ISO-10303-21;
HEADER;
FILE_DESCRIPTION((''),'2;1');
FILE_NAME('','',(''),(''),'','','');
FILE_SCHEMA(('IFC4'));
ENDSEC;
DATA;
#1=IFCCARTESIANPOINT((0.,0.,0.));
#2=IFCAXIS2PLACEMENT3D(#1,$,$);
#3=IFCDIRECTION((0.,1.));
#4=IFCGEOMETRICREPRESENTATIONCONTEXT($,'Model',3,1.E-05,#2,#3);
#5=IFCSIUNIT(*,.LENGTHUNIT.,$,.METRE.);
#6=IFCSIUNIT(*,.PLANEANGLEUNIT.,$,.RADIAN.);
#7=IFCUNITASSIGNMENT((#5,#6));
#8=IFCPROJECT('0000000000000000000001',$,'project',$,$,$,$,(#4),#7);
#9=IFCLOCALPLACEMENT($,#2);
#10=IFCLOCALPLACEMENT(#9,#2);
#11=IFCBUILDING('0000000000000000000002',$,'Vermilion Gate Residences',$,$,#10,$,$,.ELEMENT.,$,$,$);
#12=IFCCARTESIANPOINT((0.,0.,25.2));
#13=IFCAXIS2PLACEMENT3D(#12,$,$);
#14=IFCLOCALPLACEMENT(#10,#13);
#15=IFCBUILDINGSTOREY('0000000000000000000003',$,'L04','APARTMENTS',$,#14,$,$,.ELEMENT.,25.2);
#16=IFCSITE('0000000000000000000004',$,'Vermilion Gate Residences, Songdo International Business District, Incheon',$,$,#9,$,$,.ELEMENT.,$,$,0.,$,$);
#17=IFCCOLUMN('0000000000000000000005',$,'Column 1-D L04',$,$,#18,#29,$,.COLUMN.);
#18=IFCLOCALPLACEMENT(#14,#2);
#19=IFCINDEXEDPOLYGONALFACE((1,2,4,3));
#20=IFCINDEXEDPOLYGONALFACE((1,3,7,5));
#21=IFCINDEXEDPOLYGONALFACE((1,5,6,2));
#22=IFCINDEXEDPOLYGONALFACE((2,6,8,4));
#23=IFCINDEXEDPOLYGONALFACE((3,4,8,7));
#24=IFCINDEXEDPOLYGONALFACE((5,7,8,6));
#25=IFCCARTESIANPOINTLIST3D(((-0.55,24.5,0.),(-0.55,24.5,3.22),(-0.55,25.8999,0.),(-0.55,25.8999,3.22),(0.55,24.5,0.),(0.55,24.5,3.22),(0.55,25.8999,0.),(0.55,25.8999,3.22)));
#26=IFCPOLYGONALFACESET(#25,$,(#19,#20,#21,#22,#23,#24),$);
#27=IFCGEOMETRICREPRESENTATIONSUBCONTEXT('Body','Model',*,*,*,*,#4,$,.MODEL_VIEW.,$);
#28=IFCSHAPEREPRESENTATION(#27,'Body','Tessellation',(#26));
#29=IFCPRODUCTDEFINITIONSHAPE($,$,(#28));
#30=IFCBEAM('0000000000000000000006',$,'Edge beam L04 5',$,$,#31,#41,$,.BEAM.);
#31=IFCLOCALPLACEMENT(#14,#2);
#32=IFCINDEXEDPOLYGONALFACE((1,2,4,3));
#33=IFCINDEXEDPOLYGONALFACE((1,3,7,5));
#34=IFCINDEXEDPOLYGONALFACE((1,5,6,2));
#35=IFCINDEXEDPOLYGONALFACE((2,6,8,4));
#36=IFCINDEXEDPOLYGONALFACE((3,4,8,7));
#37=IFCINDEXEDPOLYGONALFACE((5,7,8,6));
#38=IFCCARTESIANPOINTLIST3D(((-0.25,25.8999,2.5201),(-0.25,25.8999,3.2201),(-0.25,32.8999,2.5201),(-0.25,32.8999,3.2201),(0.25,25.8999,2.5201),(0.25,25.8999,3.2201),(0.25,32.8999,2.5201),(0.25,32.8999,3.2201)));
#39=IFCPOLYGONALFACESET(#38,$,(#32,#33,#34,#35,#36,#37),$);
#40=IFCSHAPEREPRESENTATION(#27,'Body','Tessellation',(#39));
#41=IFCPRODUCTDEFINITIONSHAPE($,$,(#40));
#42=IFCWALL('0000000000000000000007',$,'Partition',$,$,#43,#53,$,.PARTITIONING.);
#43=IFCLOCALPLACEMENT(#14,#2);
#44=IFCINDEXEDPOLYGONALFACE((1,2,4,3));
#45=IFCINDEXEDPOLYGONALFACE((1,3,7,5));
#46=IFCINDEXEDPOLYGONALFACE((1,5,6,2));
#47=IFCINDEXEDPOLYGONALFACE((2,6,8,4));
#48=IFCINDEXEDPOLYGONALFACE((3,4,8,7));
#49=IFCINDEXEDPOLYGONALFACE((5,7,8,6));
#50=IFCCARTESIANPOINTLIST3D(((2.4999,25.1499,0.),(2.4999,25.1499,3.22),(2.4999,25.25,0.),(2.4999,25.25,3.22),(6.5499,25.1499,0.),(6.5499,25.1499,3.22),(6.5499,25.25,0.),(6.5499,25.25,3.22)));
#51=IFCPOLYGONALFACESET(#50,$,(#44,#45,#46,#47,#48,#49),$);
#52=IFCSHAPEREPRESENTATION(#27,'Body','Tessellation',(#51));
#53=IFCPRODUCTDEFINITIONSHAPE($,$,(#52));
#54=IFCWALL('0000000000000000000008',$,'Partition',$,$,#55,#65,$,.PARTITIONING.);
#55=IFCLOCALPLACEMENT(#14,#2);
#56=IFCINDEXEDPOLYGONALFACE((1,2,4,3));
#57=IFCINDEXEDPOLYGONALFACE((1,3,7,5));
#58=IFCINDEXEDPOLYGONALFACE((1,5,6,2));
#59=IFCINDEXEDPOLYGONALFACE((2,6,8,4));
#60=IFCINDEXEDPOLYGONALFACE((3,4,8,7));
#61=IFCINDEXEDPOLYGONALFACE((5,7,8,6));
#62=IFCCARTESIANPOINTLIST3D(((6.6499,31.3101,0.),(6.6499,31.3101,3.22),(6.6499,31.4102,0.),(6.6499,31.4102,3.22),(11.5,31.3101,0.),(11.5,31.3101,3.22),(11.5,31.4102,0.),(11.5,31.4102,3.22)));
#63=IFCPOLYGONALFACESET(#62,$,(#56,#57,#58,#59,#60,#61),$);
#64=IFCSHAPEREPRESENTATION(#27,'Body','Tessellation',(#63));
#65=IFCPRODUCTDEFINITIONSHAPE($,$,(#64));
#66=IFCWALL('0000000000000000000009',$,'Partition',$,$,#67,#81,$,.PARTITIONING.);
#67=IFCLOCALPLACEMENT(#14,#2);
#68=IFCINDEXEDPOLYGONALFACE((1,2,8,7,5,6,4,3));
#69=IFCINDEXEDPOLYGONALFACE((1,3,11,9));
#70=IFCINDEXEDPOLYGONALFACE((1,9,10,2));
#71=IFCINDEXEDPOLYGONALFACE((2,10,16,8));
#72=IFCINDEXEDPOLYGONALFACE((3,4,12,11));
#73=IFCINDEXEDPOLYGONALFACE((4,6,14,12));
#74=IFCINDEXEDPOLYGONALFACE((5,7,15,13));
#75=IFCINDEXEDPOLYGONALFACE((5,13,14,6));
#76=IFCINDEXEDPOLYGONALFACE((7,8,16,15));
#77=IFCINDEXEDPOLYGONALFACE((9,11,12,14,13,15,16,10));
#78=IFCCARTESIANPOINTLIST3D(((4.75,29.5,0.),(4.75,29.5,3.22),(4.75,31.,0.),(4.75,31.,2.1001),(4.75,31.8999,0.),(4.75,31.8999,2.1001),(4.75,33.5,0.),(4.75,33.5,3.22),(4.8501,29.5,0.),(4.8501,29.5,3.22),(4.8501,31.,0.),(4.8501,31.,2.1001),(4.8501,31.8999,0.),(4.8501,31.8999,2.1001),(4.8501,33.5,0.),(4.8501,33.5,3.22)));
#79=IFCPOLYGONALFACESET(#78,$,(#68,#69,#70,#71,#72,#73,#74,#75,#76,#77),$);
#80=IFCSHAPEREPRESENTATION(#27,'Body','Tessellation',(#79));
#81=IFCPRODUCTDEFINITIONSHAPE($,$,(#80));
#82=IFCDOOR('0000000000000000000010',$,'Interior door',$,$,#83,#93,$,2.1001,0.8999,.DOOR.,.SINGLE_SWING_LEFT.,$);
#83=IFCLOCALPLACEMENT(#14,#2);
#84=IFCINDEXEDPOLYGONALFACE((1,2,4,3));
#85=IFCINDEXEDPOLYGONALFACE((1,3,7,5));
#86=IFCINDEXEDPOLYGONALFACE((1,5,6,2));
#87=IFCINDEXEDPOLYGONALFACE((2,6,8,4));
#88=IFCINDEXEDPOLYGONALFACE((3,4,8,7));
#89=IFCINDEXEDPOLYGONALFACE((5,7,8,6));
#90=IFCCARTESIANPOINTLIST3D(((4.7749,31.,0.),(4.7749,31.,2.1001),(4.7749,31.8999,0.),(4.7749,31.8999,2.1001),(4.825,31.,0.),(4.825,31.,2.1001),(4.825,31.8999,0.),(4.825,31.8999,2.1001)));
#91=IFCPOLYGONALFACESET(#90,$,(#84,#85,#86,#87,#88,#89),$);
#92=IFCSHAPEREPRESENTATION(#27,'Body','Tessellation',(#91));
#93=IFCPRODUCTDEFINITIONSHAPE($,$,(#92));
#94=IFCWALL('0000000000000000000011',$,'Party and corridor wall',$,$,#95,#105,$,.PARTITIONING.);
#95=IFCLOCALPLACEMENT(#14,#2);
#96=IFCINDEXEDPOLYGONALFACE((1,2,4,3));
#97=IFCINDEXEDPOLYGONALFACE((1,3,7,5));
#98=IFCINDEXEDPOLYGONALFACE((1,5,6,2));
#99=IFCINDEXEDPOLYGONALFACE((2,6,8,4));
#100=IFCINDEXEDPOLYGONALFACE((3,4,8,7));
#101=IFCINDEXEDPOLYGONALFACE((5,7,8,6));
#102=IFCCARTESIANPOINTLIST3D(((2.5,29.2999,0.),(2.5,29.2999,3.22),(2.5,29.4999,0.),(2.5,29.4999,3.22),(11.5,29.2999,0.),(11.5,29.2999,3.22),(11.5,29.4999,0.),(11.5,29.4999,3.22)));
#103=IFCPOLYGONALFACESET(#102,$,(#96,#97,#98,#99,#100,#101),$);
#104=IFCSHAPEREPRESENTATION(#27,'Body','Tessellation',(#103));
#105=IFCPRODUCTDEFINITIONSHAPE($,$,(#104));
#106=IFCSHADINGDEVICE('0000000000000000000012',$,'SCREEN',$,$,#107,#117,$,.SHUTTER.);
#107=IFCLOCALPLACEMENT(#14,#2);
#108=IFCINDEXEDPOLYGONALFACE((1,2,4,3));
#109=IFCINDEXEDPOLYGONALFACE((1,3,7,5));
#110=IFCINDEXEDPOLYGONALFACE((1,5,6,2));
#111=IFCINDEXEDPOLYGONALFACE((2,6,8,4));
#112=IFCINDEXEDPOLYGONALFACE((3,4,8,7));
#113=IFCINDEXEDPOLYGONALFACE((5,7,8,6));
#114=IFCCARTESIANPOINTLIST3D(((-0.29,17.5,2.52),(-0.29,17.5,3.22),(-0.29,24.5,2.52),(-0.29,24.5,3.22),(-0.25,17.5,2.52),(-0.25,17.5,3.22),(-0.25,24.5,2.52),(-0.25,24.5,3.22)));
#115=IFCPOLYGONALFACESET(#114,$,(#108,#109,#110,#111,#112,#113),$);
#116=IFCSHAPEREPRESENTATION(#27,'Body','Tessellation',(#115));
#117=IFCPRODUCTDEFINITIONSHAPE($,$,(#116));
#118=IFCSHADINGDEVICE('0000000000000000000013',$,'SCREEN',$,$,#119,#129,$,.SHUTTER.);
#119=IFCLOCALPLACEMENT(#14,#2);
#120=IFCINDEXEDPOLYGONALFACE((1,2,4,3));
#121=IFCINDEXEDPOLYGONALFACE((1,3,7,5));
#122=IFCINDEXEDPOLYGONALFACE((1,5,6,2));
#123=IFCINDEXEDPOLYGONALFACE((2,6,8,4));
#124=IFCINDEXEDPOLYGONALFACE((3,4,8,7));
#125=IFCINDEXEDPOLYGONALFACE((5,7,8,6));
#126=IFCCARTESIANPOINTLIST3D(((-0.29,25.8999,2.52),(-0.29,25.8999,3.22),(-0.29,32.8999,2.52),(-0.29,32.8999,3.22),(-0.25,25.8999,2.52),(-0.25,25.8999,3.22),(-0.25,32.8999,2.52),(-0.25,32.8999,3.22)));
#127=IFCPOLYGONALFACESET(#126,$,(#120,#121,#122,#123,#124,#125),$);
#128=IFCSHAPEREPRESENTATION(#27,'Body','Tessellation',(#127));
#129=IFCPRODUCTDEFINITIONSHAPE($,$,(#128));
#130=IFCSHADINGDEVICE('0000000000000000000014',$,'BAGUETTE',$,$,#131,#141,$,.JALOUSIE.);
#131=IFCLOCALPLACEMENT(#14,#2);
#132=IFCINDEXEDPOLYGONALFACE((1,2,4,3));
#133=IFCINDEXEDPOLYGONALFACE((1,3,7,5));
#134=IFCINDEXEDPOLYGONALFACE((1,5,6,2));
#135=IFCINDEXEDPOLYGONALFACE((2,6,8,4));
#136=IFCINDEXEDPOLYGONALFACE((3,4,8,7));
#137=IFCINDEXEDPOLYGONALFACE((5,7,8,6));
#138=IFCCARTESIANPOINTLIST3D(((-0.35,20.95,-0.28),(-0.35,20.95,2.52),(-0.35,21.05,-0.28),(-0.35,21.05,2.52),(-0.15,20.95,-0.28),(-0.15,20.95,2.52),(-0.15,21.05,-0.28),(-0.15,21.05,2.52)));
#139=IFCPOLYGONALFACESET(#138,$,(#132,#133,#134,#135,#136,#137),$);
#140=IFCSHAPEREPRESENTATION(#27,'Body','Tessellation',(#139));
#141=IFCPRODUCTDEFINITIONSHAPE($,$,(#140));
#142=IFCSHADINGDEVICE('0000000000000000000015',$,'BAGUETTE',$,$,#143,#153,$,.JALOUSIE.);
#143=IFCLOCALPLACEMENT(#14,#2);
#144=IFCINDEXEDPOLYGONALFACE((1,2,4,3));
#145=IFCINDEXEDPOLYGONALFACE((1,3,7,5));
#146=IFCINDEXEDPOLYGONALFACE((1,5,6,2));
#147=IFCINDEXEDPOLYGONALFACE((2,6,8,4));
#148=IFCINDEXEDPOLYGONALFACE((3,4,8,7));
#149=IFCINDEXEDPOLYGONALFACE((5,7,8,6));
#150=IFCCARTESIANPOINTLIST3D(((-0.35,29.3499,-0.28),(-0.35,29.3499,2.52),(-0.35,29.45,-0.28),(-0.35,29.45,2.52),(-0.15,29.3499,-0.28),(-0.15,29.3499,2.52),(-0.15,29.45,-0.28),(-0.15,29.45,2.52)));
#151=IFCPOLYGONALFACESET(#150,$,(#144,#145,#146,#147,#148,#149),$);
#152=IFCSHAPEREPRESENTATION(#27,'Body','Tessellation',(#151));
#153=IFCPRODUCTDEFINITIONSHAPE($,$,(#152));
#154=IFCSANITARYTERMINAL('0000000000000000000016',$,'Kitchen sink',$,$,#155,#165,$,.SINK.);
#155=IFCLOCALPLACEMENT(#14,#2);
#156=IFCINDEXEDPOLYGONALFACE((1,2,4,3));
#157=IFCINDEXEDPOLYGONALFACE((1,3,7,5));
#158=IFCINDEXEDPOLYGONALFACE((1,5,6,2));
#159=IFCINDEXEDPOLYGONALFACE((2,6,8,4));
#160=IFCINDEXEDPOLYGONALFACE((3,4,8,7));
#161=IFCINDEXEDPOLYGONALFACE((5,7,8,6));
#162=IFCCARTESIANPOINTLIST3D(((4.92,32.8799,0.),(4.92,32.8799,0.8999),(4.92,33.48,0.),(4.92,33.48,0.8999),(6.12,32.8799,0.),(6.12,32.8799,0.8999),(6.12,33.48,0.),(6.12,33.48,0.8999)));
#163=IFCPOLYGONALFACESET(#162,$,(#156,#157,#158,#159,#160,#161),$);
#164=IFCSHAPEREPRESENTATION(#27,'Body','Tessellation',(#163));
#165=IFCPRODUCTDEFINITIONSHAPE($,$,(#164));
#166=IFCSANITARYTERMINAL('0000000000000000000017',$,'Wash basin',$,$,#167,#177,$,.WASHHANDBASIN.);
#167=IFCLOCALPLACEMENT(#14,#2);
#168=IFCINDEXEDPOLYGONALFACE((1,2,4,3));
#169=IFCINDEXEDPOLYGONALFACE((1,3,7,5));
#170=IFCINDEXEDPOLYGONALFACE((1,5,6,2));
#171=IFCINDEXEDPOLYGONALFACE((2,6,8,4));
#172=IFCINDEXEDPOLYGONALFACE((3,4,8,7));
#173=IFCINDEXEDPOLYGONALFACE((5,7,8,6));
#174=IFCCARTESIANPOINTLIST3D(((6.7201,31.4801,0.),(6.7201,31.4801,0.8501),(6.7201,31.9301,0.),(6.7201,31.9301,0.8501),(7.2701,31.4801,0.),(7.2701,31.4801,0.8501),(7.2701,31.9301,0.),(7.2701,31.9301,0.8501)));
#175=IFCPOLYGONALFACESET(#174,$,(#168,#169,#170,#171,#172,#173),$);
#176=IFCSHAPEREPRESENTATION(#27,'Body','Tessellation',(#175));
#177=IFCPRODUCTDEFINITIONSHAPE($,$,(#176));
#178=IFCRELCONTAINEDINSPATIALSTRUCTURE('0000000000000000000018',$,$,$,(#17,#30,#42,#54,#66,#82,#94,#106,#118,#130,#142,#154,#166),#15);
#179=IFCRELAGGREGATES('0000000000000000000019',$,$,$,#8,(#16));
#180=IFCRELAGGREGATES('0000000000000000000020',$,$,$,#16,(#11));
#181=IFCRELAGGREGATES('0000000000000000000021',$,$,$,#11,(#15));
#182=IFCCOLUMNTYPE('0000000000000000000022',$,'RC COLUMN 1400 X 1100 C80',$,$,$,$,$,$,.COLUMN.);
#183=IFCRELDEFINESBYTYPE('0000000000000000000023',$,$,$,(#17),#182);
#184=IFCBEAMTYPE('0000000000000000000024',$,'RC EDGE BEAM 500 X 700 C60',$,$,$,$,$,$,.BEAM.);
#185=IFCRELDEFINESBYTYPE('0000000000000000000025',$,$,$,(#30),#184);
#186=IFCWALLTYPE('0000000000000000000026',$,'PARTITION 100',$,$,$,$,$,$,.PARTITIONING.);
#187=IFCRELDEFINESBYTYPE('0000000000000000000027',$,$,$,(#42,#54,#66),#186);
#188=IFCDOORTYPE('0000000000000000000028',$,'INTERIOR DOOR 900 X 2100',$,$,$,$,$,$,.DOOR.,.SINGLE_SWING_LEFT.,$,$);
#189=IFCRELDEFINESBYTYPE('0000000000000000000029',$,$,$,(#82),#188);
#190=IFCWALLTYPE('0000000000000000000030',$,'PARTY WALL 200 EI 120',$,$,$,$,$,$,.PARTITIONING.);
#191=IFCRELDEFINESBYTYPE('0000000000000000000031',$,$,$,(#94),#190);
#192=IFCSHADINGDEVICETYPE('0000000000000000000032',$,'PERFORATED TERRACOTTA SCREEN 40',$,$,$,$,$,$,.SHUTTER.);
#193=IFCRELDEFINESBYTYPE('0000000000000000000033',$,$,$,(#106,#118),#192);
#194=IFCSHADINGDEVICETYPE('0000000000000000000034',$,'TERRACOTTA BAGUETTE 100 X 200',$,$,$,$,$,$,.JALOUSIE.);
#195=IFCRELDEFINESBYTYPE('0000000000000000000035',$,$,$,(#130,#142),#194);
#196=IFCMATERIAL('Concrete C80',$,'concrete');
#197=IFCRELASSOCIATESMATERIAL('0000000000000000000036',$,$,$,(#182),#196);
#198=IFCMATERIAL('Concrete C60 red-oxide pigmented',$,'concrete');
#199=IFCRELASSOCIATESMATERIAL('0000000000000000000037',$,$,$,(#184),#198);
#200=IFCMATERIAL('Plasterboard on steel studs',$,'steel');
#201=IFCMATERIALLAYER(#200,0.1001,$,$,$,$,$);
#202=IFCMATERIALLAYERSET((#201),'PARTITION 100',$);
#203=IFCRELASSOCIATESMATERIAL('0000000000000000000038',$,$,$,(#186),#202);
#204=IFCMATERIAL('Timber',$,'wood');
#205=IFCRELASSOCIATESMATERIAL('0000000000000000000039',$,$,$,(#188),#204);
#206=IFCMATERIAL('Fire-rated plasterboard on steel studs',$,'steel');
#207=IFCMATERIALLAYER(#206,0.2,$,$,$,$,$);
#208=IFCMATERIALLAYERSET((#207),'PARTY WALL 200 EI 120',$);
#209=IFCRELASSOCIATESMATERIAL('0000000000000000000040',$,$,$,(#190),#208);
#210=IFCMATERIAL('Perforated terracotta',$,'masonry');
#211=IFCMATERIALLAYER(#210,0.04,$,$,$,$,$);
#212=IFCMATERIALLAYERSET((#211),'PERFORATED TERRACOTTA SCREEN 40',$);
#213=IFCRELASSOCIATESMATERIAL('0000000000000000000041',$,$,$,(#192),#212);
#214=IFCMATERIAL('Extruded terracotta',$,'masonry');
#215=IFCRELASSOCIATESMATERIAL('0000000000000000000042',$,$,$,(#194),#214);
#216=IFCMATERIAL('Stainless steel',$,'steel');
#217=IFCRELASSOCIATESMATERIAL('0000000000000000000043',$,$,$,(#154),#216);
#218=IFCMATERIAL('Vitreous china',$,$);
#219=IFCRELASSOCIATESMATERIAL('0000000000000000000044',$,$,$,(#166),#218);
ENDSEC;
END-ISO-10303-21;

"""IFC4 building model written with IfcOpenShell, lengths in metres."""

from ifc_helpers import new_model, si_unit, direction, frame, frame_2d, origin, origin_2d, place, context, subcontext, project, spatial, rectangle, extrude, material, layer, layer_set, material_profile, profile_set, type_object, element, fill, save


model = new_model("IFC4")

# Units and contexts
model_context = context("Model", 3, precision=1e-05, world=origin(), true_north=direction((0.0, 1.0)))
body_context = subcontext(model_context, "Body", "Model", "MODEL_VIEW")
ifc_project = project(units=[si_unit("LENGTHUNIT", "METRE"), si_unit("PLANEANGLEUNIT", "RADIAN")], contexts=[model_context])

# Site, building, storey
site_placement = place(None, origin())
site = spatial("IfcSite", under=ifc_project, at=site_placement, Name="Vermilion Gate Residences, Songdo International Business District, Incheon", CompositionType="ELEMENT", RefElevation=0.0)
building_placement = place(site_placement, origin())
building = spatial("IfcBuilding", under=site, at=building_placement, Name="Vermilion Gate Residences", CompositionType="ELEMENT")
storey_placement = place(building_placement, frame((0.0, 0.0, 25.2)))
storey = spatial("IfcBuildingStorey", under=building, at=storey_placement, Name="L04", Description="APARTMENTS", CompositionType="ELEMENT", Elevation=25.2)

# Column
ifc_material_1 = material(Name="Concrete C80", Category="concrete")
ifc_material_profile_1 = material_profile(ifc_material_1, rectangle(XDim=1.3999, YDim=1.1001, at=origin_2d()), Name="RC-1400x1100")
ifc_profile_set_1 = profile_set([ifc_material_profile_1], Name="Concrete C80")
column_type = type_object("IfcColumnType", Name="RC COLUMN 1400 X 1100 C80", PredefinedType="COLUMN", material=ifc_profile_set_1)
column_placement = place(storey_placement, frame((0.0, 25.2, 0.0), z_axis=(0.0, 0.0, 1.0), x_axis=(0.0, 1.0, 0.0)))
element("IfcColumn", 1, at=column_placement, inside=storey, type_object=column_type, Name="Column 1-D L04", PredefinedType="COLUMN", context=body_context, shape_type="SweptSolid", body=[
    extrude(rectangle(XDim=1.3999, YDim=1.1001, at=origin_2d()), origin(), (0.0, 0.0, 1.0), 3.22),
])

# Beam
ifc_material_2 = material(Name="Concrete C60 red-oxide pigmented", Category="concrete")
ifc_material_profile_2 = material_profile(ifc_material_2, rectangle(XDim=0.5, YDim=0.7, at=origin_2d()), Name="RC-500x700")
ifc_profile_set_2 = profile_set([ifc_material_profile_2], Name="Concrete C60 red-oxide pigmented")
beam_type = type_object("IfcBeamType", Name="RC EDGE BEAM 500 X 700 C60", PredefinedType="BEAM", material=ifc_profile_set_2)
beam_placement = place(storey_placement, frame((0.0, 25.8999, 2.8701), z_axis=(0.0, 1.0, 0.0), x_axis=(-1.0, 0.0, 0.0)))
element("IfcBeam", 2, at=beam_placement, inside=storey, type_object=beam_type, Name="Edge beam L04 5", PredefinedType="BEAM", context=body_context, shape_type="SweptSolid", body=[
    extrude(rectangle(XDim=0.5, YDim=0.7, at=origin_2d()), origin(), (0.0, 0.0, 1.0), 7.0),
])

# Walls
ifc_material_3 = material(Name="Plasterboard on steel studs", Category="steel")
ifc_layer_1 = layer(ifc_material_3, 0.1001)
ifc_layer_set_1 = layer_set([ifc_layer_1], Name="PARTITION 100")
wall_type_1 = type_object("IfcWallType", Name="PARTITION 100", PredefinedType="PARTITIONING", material=ifc_layer_set_1)
wall_1_placement = place(storey_placement, frame((2.5, 25.2, 0.0), z_axis=(0.0, 0.0, 1.0), x_axis=(1.0, 0.0, 0.0)))
element("IfcWall", 3, at=wall_1_placement, inside=storey, type_object=wall_type_1, Name="Partition", PredefinedType="PARTITIONING", context=body_context, shape_type="SweptSolid", body=[
    extrude(rectangle(XDim=4.05, YDim=0.1001, at=frame_2d((2.0249, 0.0))), origin(), (0.0, 0.0, 1.0), 3.22),
])
wall_2_placement = place(storey_placement, frame((6.6499, 31.3601, 0.0), z_axis=(0.0, 0.0, 1.0), x_axis=(1.0, 0.0, 0.0)))
element("IfcWall", 4, at=wall_2_placement, inside=storey, type_object=wall_type_1, Name="Partition", PredefinedType="PARTITIONING", context=body_context, shape_type="SweptSolid", body=[
    extrude(rectangle(XDim=4.8501, YDim=0.1001, at=frame_2d((2.425, 0.0))), origin(), (0.0, 0.0, 1.0), 3.22),
])

# Wall, opening, door
wall_3_placement = place(storey_placement, frame((4.8, 29.5, 0.0), z_axis=(0.0, 0.0, 1.0), x_axis=(0.0, 1.0, 0.0)))
wall_3 = element("IfcWall", 5, at=wall_3_placement, inside=storey, type_object=wall_type_1, Name="Partition", PredefinedType="PARTITIONING", context=body_context, shape_type="SweptSolid", body=[
    extrude(rectangle(XDim=4.0, YDim=0.1001, at=frame_2d((2.0, 0.0))), origin(), (0.0, 0.0, 1.0), 3.22),
])
opening_placement = place(wall_3_placement, frame((1.5, 0.0, 0.0)))
opening = element("IfcOpeningElement", 6, at=opening_placement, cuts=wall_3, PredefinedType="OPENING", context=body_context, shape_type="SweptSolid", body=[
    extrude(rectangle(XDim=0.8999, YDim=2.1001, at=frame_2d((0.45, 1.05))), frame((0.0, 0.0601, 0.0), z_axis=(0.0, -1.0, 0.0), x_axis=(1.0, 0.0, 0.0)), (0.0, 0.0, 1.0), 0.1201),
])
ifc_material_4 = material(Name="Timber", Category="wood")
door_type = type_object("IfcDoorType", Name="INTERIOR DOOR 900 X 2100", OperationType="SINGLE_SWING_LEFT", PredefinedType="DOOR", material=ifc_material_4)
door_placement = place(opening_placement, frame((0.8999, 0.0, 0.0), z_axis=(0.0, 0.0, 1.0), x_axis=(-1.0, 0.0, 0.0)))
door = element("IfcDoor", 7, at=door_placement, inside=storey, type_object=door_type, Name="Interior door", OperationType="SINGLE_SWING_LEFT", OverallHeight=2.1001, OverallWidth=0.8999, PredefinedType="DOOR", context=body_context, shape_type="SweptSolid", body=[
    extrude(rectangle(XDim=0.8999, YDim=2.1001, at=frame_2d((0.45, 1.05))), frame((0.0, 0.0249, 0.0), z_axis=(0.0, -1.0, 0.0), x_axis=(1.0, 0.0, 0.0)), (0.0, 0.0, 1.0), 0.05),
])
fill(opening, door)

# Wall
ifc_material_5 = material(Name="Fire-rated plasterboard on steel studs", Category="steel")
ifc_layer_2 = layer(ifc_material_5, 0.2)
ifc_layer_set_2 = layer_set([ifc_layer_2], Name="PARTY WALL 200 EI 120")
wall_type_2 = type_object("IfcWallType", Name="PARTY WALL 200 EI 120", PredefinedType="PARTITIONING", material=ifc_layer_set_2)
wall_4_placement = place(storey_placement, frame((2.5, 29.3999, 0.0), z_axis=(0.0, 0.0, 1.0), x_axis=(1.0, 0.0, 0.0)))
element("IfcWall", 8, at=wall_4_placement, inside=storey, type_object=wall_type_2, Name="Party and corridor wall", PredefinedType="PARTITIONING", context=body_context, shape_type="SweptSolid", body=[
    extrude(rectangle(XDim=9.0, YDim=0.2, at=frame_2d((4.5, 0.0))), origin(), (0.0, 0.0, 1.0), 3.22),
])

# Shading devices
ifc_material_6 = material(Name="Perforated terracotta", Category="masonry")
ifc_layer_3 = layer(ifc_material_6, 0.04)
ifc_layer_set_3 = layer_set([ifc_layer_3], Name="PERFORATED TERRACOTTA SCREEN 40")
shading_device_type_1 = type_object("IfcShadingDeviceType", Name="PERFORATED TERRACOTTA SCREEN 40", PredefinedType="SHUTTER", material=ifc_layer_set_3)
for number, where, z_axis, x_axis, name in (
    (9, (-0.27, 21.0, 2.52), (0.0, 0.0, 1.0), (0.0, -1.0, 0.0), "SCREEN"),
    (10, (-0.27, 29.3999, 2.52), (0.0, 0.0, 1.0), (0.0, -1.0, 0.0), "SCREEN"),
):
    element("IfcShadingDevice", number, at=place(storey_placement, frame(where, z_axis=z_axis, x_axis=x_axis)), inside=storey, type_object=shading_device_type_1, Name=name, PredefinedType="SHUTTER", context=body_context, shape_type="SweptSolid", body=[
        extrude(rectangle(XDim=7.0, YDim=0.04, at=origin_2d()), origin(), (0.0, 0.0, 1.0), 0.7),
    ])
ifc_material_7 = material(Name="Extruded terracotta", Category="masonry")
ifc_material_profile_3 = material_profile(ifc_material_7, rectangle(XDim=0.2, YDim=0.1001, at=origin_2d()), Name="BAGUETTE 100 X 200")
ifc_profile_set_3 = profile_set([ifc_material_profile_3], Name="Extruded terracotta")
shading_device_type_2 = type_object("IfcShadingDeviceType", Name="TERRACOTTA BAGUETTE 100 X 200", PredefinedType="JALOUSIE", material=ifc_profile_set_3)
for number, where, z_axis, x_axis, name in (
    (11, (-0.25, 21.0, -0.28), (0.0, 0.0, 1.0), (1.0, 0.0, 0.0), "BAGUETTE"),
    (12, (-0.25, 29.3999, -0.28), (0.0, 0.0, 1.0), (1.0, 0.0, 0.0), "BAGUETTE"),
):
    element("IfcShadingDevice", number, at=place(storey_placement, frame(where, z_axis=z_axis, x_axis=x_axis)), inside=storey, type_object=shading_device_type_2, Name=name, PredefinedType="JALOUSIE", context=body_context, shape_type="SweptSolid", body=[
        extrude(rectangle(XDim=0.2, YDim=0.1001, at=origin_2d()), origin(), (0.0, 0.0, 1.0), 2.8),
    ])

# Sanitary terminals
ifc_material_8 = material(Name="Stainless steel", Category="steel")
sanitary_terminal_1_placement = place(storey_placement, frame((5.52, 33.1799, 0.0), z_axis=(0.0, 0.0, 1.0), x_axis=(1.0, 0.0, 0.0)))
element("IfcSanitaryTerminal", 13, at=sanitary_terminal_1_placement, inside=storey, material=ifc_material_8, Name="Kitchen sink", PredefinedType="SINK", context=body_context, shape_type="SweptSolid", body=[
    extrude(rectangle(XDim=1.2, YDim=0.6001, at=origin_2d()), origin(), (0.0, 0.0, 1.0), 0.8999),
])
ifc_material_9 = material(Name="Vitreous china")
sanitary_terminal_2_placement = place(storey_placement, frame((6.9951, 31.7051, 0.0), z_axis=(0.0, 0.0, 1.0), x_axis=(1.0, 0.0, 0.0)))
element("IfcSanitaryTerminal", 14, at=sanitary_terminal_2_placement, inside=storey, material=ifc_material_9, Name="Wash basin", PredefinedType="WASHHANDBASIN", context=body_context, shape_type="SweptSolid", body=[
    extrude(rectangle(XDim=0.55, YDim=0.45, at=origin_2d()), origin(), (0.0, 0.0, 1.0), 0.8501),
])

save(model, "model.ifc")
